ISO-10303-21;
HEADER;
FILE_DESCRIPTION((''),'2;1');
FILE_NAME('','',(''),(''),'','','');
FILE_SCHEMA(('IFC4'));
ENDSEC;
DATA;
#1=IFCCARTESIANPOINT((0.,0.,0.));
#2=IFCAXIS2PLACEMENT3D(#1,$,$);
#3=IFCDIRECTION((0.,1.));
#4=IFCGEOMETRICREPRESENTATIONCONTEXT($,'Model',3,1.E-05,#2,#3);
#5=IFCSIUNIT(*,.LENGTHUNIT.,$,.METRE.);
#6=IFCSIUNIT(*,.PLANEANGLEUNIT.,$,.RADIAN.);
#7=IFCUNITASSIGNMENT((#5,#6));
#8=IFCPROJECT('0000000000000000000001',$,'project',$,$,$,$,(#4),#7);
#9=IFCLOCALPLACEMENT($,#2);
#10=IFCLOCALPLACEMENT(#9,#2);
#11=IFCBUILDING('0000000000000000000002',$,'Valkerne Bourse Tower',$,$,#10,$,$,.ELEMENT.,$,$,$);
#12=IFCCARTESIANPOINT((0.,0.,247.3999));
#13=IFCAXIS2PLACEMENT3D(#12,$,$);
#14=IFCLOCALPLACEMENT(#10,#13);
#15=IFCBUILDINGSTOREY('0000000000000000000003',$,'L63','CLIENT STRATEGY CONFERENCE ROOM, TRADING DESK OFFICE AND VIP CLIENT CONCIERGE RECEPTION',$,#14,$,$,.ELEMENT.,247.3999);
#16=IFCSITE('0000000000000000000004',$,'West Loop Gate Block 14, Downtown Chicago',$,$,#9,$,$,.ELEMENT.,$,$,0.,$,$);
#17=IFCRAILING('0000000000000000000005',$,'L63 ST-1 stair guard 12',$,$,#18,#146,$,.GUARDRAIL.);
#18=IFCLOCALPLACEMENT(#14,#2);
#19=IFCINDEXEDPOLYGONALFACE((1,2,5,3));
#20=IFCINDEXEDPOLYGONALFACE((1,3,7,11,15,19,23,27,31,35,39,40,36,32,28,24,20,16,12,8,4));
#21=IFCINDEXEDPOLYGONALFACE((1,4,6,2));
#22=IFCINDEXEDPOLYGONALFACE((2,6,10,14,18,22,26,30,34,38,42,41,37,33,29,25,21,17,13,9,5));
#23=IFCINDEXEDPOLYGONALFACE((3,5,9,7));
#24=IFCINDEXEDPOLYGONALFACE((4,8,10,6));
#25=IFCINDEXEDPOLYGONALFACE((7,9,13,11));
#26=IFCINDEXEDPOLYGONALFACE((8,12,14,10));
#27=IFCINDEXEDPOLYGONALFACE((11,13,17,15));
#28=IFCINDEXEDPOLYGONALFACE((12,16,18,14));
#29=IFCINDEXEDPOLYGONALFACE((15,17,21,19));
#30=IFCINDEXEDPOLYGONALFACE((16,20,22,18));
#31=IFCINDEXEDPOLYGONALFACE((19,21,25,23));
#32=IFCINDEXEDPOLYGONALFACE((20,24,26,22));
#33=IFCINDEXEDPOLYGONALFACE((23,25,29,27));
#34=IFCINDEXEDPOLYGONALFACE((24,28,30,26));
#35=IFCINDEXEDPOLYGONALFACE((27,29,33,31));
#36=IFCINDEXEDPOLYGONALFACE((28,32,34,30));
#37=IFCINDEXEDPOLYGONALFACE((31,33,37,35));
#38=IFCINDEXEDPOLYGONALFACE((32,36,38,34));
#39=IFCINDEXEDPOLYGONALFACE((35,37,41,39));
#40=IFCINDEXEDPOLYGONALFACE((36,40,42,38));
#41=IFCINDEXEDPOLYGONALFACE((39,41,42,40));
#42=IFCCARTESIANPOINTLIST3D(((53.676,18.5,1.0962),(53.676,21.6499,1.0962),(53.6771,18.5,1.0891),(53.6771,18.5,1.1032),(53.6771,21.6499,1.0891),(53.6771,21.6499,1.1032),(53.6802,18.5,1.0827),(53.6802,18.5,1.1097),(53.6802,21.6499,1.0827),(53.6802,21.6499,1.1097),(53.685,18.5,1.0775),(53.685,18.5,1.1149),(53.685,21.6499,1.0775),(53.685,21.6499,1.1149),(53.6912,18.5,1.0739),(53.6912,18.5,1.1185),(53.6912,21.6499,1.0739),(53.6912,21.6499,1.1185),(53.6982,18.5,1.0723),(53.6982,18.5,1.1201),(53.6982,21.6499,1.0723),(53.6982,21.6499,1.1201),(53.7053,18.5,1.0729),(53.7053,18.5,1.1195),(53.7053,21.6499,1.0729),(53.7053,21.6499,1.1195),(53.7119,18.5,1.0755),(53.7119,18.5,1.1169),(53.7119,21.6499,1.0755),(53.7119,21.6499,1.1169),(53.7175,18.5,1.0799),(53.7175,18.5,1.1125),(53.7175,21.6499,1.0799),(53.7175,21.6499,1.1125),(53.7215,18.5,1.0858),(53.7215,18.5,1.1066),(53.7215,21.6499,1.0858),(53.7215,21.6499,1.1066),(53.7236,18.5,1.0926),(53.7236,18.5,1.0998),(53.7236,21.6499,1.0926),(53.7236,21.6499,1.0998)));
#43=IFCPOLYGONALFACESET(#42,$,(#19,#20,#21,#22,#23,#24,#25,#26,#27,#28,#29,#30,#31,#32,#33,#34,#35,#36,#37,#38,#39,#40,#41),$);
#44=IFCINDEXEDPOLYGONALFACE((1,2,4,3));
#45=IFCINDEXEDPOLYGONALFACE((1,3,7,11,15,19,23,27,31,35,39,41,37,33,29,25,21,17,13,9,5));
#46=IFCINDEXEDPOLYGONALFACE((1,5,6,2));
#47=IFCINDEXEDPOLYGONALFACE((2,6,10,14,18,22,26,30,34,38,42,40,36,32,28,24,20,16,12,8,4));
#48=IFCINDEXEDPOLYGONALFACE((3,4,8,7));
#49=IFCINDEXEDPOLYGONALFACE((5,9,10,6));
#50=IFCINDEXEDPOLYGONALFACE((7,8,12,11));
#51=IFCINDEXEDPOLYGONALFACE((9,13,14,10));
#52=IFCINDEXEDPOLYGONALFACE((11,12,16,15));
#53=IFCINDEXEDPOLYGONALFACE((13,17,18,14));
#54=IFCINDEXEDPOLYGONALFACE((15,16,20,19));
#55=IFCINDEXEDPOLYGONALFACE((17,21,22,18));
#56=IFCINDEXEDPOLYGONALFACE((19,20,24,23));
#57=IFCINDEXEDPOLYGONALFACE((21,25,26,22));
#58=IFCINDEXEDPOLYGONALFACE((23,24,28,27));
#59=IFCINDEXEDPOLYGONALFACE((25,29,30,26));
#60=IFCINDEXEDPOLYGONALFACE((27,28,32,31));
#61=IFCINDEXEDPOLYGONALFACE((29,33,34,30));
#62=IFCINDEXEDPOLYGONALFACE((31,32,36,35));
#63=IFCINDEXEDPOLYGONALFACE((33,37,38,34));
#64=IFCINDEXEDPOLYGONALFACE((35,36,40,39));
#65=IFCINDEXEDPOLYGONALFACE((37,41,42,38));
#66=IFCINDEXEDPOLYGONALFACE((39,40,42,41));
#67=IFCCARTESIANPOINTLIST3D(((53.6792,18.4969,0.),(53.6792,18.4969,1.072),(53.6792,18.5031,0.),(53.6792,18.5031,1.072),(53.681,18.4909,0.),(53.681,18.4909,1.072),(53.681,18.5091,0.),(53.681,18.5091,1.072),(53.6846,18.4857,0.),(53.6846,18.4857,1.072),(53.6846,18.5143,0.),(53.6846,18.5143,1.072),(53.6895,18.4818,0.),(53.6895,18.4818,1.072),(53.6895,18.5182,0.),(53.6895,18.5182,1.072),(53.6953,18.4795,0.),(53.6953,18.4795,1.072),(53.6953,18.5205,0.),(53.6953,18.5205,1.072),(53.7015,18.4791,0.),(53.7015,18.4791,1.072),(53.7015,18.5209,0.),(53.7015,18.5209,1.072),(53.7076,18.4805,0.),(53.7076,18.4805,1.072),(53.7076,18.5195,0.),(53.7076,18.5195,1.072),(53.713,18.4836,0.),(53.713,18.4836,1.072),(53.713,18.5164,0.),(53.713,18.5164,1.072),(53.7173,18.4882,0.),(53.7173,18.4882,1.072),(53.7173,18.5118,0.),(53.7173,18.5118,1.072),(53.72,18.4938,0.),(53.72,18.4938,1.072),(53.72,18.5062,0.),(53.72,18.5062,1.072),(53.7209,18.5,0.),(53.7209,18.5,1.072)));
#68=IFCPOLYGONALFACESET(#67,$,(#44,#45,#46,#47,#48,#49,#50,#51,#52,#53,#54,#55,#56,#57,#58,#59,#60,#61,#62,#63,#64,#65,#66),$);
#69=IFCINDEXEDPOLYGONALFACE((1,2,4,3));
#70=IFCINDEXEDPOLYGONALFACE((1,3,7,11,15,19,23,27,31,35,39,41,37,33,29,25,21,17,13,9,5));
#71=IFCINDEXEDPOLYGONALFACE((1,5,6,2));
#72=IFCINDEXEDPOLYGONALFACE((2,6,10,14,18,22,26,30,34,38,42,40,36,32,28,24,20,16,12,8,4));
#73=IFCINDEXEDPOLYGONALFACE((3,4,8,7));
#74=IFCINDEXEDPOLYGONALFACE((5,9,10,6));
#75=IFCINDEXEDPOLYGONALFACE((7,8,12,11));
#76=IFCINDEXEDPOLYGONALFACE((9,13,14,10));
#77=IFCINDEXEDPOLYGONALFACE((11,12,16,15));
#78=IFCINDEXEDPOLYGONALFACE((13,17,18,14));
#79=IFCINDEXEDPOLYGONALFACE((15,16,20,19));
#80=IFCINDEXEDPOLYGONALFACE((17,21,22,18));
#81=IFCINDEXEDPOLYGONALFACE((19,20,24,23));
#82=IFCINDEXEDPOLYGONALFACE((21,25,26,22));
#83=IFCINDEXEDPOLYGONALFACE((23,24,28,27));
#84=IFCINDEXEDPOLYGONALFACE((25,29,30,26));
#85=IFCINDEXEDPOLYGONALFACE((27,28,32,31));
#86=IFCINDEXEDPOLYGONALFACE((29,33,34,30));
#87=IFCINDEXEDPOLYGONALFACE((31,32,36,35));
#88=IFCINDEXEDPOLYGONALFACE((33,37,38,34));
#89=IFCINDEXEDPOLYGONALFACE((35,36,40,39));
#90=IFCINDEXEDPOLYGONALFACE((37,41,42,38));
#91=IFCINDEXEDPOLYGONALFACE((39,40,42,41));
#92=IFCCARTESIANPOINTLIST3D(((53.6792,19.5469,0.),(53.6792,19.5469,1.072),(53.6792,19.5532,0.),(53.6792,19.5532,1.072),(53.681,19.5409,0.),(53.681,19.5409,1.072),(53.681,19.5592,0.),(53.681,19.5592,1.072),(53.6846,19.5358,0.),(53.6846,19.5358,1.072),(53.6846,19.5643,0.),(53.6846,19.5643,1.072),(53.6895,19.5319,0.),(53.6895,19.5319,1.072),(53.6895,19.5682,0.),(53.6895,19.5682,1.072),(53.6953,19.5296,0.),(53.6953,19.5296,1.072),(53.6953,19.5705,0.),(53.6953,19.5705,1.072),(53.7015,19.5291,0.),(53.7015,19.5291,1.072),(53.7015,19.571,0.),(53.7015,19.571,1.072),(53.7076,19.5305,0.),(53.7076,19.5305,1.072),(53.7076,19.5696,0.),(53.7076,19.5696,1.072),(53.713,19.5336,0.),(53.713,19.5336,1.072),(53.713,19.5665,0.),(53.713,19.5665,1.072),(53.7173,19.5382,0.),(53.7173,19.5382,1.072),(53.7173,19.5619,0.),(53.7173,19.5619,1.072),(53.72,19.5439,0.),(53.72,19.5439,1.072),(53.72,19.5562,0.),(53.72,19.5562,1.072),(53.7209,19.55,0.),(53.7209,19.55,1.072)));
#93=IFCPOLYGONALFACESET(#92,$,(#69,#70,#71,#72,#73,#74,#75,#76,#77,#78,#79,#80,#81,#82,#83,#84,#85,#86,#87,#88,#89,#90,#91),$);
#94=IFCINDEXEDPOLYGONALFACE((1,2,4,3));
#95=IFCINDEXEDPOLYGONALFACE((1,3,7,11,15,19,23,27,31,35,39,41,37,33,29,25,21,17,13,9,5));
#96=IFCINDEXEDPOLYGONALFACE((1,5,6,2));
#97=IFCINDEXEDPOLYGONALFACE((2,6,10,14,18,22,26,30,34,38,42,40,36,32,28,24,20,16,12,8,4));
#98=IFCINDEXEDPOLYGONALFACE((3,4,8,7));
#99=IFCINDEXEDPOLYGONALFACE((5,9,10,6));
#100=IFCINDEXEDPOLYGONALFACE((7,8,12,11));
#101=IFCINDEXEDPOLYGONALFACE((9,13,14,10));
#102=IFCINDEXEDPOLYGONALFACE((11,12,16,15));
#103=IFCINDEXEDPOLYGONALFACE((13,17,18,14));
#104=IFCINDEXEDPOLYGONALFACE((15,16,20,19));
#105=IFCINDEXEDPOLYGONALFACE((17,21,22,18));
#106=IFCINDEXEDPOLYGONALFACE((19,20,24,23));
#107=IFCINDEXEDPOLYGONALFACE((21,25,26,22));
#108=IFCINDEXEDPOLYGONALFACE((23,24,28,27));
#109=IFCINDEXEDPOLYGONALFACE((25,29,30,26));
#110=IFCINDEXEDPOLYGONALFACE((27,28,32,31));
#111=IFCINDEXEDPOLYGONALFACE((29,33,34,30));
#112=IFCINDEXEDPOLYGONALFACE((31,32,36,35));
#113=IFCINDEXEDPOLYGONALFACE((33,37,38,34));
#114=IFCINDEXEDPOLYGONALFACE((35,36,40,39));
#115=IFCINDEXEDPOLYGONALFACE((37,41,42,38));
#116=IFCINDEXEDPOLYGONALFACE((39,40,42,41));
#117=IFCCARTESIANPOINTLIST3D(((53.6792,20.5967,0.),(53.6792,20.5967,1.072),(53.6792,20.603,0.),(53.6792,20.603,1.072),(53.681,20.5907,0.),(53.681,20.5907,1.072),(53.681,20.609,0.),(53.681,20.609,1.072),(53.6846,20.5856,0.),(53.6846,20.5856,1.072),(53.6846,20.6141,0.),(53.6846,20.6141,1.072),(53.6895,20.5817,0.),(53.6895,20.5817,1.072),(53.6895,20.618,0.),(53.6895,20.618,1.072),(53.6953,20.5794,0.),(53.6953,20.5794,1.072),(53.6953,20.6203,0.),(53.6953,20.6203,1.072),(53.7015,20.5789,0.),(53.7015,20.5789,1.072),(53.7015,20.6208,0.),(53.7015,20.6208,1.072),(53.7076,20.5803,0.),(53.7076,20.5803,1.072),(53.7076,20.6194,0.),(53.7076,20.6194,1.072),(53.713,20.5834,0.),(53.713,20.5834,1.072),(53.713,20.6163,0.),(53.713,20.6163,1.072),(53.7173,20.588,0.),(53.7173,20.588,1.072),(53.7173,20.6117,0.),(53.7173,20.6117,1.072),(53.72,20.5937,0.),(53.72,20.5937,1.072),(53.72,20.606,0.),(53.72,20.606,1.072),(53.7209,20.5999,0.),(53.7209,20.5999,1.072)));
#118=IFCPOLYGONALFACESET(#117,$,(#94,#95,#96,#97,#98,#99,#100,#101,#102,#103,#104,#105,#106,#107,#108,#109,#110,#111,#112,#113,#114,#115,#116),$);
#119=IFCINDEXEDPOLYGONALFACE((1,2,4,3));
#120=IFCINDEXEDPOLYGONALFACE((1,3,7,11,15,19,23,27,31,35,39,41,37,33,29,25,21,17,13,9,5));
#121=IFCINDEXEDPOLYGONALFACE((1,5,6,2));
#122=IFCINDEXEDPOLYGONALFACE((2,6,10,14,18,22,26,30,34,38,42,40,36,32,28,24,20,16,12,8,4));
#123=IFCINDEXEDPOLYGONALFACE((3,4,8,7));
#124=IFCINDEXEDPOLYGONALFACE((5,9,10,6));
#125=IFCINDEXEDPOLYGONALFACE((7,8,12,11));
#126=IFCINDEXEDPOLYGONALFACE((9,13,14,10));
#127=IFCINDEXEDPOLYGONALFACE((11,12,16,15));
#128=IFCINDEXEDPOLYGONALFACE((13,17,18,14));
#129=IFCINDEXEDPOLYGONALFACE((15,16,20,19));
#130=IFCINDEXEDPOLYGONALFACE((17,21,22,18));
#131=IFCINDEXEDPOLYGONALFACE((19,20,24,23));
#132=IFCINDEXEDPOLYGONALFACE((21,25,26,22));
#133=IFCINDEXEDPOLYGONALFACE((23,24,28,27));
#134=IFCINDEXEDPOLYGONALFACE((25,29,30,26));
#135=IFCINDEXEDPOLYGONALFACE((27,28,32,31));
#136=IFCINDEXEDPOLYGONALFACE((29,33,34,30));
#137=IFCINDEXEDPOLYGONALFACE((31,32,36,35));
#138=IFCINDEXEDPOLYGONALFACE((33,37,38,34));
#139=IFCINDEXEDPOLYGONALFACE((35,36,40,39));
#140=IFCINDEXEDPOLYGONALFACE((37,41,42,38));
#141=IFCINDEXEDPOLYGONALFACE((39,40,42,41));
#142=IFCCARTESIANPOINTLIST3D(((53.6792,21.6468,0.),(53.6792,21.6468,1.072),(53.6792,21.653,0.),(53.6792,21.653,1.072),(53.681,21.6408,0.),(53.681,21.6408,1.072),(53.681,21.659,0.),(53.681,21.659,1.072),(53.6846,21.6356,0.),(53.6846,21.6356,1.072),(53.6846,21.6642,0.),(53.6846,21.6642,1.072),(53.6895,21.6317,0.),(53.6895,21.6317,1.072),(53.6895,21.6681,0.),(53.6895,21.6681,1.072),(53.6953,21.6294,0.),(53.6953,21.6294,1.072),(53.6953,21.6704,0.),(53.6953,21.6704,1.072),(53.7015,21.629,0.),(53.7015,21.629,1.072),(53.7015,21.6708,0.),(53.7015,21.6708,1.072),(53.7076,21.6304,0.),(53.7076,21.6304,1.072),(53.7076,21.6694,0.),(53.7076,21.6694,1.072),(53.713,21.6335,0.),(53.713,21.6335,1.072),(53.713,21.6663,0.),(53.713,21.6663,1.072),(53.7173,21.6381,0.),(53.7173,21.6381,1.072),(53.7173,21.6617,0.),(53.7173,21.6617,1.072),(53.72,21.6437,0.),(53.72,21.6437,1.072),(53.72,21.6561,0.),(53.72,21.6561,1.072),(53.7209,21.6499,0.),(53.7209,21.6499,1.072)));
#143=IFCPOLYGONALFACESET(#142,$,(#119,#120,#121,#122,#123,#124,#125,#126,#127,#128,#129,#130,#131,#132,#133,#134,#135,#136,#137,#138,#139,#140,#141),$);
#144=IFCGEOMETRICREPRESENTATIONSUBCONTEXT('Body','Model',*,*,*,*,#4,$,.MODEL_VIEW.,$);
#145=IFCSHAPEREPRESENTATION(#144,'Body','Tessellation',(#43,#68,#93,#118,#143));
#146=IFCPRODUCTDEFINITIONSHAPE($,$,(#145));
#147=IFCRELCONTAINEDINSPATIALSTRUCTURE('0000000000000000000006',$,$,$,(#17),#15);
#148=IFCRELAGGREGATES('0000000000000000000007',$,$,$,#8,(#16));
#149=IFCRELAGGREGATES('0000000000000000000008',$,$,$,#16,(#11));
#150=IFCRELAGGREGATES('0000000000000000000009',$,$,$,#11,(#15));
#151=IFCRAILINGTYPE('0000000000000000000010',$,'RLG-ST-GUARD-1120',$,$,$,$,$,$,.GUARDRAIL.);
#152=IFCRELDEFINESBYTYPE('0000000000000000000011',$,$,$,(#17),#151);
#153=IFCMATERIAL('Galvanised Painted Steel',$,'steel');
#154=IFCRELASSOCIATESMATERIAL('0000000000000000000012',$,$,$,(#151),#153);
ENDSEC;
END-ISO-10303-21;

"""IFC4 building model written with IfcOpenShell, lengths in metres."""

from ifc_helpers import new_model, si_unit, direction, frame, origin, origin_2d, place, context, subcontext, project, spatial, circle, extrude, material, type_object, element, save


model = new_model("IFC4")

# Units and contexts
model_context = context("Model", 3, precision=1e-05, world=origin(), true_north=direction((0.0, 1.0)))
body_context = subcontext(model_context, "Body", "Model", "MODEL_VIEW")
ifc_project = project(units=[si_unit("LENGTHUNIT", "METRE"), si_unit("PLANEANGLEUNIT", "RADIAN")], contexts=[model_context])

# Site, building, storey
site_placement = place(None, origin())
site = spatial("IfcSite", under=ifc_project, at=site_placement, Name="West Loop Gate Block 14, Downtown Chicago", CompositionType="ELEMENT", RefElevation=0.0)
building_placement = place(site_placement, origin())
building = spatial("IfcBuilding", under=site, at=building_placement, Name="Valkerne Bourse Tower", CompositionType="ELEMENT")
storey_placement = place(building_placement, frame((0.0, 0.0, 247.3999)))
storey = spatial("IfcBuildingStorey", under=building, at=storey_placement, Name="L63", Description="CLIENT STRATEGY CONFERENCE ROOM, TRADING DESK OFFICE AND VIP CLIENT CONCIERGE RECEPTION", CompositionType="ELEMENT", Elevation=247.3999)

# Railing
ifc_material_1 = material(Name="Galvanised Painted Steel", Category="steel")
railing_type = type_object("IfcRailingType", Name="RLG-ST-GUARD-1120", PredefinedType="GUARDRAIL", material=ifc_material_1)
railing_1_placement = place(storey_placement, frame((53.7, 18.5, 0.0)))
element("IfcRailing", 1, at=railing_1_placement, inside=storey, type_object=railing_type, Name="L63 ST-1 stair guard 12", PredefinedType="GUARDRAIL", context=body_context, shape_type="SweptSolid", body=[
    extrude(circle(Radius=0.0239, at=origin_2d()), frame((0.0, 0.0, 1.0962), z_axis=(0.0, 1.0, 0.0), x_axis=(-1.0, 0.0, 0.0)), (0.0, 0.0, 1.0), 3.1499),
    extrude(circle(Radius=0.021, at=origin_2d()), origin(), (0.0, 0.0, 1.0), 1.072),
    extrude(circle(Radius=0.021, at=origin_2d()), frame((0.0, 1.05, 0.0)), (0.0, 0.0, 1.0), 1.072),
    extrude(circle(Radius=0.021, at=origin_2d()), frame((0.0, 2.0999, 0.0)), (0.0, 0.0, 1.0), 1.072),
    extrude(circle(Radius=0.021, at=origin_2d()), frame((0.0, 3.1499, 0.0)), (0.0, 0.0, 1.0), 1.072),
])

save(model, "model.ifc")
